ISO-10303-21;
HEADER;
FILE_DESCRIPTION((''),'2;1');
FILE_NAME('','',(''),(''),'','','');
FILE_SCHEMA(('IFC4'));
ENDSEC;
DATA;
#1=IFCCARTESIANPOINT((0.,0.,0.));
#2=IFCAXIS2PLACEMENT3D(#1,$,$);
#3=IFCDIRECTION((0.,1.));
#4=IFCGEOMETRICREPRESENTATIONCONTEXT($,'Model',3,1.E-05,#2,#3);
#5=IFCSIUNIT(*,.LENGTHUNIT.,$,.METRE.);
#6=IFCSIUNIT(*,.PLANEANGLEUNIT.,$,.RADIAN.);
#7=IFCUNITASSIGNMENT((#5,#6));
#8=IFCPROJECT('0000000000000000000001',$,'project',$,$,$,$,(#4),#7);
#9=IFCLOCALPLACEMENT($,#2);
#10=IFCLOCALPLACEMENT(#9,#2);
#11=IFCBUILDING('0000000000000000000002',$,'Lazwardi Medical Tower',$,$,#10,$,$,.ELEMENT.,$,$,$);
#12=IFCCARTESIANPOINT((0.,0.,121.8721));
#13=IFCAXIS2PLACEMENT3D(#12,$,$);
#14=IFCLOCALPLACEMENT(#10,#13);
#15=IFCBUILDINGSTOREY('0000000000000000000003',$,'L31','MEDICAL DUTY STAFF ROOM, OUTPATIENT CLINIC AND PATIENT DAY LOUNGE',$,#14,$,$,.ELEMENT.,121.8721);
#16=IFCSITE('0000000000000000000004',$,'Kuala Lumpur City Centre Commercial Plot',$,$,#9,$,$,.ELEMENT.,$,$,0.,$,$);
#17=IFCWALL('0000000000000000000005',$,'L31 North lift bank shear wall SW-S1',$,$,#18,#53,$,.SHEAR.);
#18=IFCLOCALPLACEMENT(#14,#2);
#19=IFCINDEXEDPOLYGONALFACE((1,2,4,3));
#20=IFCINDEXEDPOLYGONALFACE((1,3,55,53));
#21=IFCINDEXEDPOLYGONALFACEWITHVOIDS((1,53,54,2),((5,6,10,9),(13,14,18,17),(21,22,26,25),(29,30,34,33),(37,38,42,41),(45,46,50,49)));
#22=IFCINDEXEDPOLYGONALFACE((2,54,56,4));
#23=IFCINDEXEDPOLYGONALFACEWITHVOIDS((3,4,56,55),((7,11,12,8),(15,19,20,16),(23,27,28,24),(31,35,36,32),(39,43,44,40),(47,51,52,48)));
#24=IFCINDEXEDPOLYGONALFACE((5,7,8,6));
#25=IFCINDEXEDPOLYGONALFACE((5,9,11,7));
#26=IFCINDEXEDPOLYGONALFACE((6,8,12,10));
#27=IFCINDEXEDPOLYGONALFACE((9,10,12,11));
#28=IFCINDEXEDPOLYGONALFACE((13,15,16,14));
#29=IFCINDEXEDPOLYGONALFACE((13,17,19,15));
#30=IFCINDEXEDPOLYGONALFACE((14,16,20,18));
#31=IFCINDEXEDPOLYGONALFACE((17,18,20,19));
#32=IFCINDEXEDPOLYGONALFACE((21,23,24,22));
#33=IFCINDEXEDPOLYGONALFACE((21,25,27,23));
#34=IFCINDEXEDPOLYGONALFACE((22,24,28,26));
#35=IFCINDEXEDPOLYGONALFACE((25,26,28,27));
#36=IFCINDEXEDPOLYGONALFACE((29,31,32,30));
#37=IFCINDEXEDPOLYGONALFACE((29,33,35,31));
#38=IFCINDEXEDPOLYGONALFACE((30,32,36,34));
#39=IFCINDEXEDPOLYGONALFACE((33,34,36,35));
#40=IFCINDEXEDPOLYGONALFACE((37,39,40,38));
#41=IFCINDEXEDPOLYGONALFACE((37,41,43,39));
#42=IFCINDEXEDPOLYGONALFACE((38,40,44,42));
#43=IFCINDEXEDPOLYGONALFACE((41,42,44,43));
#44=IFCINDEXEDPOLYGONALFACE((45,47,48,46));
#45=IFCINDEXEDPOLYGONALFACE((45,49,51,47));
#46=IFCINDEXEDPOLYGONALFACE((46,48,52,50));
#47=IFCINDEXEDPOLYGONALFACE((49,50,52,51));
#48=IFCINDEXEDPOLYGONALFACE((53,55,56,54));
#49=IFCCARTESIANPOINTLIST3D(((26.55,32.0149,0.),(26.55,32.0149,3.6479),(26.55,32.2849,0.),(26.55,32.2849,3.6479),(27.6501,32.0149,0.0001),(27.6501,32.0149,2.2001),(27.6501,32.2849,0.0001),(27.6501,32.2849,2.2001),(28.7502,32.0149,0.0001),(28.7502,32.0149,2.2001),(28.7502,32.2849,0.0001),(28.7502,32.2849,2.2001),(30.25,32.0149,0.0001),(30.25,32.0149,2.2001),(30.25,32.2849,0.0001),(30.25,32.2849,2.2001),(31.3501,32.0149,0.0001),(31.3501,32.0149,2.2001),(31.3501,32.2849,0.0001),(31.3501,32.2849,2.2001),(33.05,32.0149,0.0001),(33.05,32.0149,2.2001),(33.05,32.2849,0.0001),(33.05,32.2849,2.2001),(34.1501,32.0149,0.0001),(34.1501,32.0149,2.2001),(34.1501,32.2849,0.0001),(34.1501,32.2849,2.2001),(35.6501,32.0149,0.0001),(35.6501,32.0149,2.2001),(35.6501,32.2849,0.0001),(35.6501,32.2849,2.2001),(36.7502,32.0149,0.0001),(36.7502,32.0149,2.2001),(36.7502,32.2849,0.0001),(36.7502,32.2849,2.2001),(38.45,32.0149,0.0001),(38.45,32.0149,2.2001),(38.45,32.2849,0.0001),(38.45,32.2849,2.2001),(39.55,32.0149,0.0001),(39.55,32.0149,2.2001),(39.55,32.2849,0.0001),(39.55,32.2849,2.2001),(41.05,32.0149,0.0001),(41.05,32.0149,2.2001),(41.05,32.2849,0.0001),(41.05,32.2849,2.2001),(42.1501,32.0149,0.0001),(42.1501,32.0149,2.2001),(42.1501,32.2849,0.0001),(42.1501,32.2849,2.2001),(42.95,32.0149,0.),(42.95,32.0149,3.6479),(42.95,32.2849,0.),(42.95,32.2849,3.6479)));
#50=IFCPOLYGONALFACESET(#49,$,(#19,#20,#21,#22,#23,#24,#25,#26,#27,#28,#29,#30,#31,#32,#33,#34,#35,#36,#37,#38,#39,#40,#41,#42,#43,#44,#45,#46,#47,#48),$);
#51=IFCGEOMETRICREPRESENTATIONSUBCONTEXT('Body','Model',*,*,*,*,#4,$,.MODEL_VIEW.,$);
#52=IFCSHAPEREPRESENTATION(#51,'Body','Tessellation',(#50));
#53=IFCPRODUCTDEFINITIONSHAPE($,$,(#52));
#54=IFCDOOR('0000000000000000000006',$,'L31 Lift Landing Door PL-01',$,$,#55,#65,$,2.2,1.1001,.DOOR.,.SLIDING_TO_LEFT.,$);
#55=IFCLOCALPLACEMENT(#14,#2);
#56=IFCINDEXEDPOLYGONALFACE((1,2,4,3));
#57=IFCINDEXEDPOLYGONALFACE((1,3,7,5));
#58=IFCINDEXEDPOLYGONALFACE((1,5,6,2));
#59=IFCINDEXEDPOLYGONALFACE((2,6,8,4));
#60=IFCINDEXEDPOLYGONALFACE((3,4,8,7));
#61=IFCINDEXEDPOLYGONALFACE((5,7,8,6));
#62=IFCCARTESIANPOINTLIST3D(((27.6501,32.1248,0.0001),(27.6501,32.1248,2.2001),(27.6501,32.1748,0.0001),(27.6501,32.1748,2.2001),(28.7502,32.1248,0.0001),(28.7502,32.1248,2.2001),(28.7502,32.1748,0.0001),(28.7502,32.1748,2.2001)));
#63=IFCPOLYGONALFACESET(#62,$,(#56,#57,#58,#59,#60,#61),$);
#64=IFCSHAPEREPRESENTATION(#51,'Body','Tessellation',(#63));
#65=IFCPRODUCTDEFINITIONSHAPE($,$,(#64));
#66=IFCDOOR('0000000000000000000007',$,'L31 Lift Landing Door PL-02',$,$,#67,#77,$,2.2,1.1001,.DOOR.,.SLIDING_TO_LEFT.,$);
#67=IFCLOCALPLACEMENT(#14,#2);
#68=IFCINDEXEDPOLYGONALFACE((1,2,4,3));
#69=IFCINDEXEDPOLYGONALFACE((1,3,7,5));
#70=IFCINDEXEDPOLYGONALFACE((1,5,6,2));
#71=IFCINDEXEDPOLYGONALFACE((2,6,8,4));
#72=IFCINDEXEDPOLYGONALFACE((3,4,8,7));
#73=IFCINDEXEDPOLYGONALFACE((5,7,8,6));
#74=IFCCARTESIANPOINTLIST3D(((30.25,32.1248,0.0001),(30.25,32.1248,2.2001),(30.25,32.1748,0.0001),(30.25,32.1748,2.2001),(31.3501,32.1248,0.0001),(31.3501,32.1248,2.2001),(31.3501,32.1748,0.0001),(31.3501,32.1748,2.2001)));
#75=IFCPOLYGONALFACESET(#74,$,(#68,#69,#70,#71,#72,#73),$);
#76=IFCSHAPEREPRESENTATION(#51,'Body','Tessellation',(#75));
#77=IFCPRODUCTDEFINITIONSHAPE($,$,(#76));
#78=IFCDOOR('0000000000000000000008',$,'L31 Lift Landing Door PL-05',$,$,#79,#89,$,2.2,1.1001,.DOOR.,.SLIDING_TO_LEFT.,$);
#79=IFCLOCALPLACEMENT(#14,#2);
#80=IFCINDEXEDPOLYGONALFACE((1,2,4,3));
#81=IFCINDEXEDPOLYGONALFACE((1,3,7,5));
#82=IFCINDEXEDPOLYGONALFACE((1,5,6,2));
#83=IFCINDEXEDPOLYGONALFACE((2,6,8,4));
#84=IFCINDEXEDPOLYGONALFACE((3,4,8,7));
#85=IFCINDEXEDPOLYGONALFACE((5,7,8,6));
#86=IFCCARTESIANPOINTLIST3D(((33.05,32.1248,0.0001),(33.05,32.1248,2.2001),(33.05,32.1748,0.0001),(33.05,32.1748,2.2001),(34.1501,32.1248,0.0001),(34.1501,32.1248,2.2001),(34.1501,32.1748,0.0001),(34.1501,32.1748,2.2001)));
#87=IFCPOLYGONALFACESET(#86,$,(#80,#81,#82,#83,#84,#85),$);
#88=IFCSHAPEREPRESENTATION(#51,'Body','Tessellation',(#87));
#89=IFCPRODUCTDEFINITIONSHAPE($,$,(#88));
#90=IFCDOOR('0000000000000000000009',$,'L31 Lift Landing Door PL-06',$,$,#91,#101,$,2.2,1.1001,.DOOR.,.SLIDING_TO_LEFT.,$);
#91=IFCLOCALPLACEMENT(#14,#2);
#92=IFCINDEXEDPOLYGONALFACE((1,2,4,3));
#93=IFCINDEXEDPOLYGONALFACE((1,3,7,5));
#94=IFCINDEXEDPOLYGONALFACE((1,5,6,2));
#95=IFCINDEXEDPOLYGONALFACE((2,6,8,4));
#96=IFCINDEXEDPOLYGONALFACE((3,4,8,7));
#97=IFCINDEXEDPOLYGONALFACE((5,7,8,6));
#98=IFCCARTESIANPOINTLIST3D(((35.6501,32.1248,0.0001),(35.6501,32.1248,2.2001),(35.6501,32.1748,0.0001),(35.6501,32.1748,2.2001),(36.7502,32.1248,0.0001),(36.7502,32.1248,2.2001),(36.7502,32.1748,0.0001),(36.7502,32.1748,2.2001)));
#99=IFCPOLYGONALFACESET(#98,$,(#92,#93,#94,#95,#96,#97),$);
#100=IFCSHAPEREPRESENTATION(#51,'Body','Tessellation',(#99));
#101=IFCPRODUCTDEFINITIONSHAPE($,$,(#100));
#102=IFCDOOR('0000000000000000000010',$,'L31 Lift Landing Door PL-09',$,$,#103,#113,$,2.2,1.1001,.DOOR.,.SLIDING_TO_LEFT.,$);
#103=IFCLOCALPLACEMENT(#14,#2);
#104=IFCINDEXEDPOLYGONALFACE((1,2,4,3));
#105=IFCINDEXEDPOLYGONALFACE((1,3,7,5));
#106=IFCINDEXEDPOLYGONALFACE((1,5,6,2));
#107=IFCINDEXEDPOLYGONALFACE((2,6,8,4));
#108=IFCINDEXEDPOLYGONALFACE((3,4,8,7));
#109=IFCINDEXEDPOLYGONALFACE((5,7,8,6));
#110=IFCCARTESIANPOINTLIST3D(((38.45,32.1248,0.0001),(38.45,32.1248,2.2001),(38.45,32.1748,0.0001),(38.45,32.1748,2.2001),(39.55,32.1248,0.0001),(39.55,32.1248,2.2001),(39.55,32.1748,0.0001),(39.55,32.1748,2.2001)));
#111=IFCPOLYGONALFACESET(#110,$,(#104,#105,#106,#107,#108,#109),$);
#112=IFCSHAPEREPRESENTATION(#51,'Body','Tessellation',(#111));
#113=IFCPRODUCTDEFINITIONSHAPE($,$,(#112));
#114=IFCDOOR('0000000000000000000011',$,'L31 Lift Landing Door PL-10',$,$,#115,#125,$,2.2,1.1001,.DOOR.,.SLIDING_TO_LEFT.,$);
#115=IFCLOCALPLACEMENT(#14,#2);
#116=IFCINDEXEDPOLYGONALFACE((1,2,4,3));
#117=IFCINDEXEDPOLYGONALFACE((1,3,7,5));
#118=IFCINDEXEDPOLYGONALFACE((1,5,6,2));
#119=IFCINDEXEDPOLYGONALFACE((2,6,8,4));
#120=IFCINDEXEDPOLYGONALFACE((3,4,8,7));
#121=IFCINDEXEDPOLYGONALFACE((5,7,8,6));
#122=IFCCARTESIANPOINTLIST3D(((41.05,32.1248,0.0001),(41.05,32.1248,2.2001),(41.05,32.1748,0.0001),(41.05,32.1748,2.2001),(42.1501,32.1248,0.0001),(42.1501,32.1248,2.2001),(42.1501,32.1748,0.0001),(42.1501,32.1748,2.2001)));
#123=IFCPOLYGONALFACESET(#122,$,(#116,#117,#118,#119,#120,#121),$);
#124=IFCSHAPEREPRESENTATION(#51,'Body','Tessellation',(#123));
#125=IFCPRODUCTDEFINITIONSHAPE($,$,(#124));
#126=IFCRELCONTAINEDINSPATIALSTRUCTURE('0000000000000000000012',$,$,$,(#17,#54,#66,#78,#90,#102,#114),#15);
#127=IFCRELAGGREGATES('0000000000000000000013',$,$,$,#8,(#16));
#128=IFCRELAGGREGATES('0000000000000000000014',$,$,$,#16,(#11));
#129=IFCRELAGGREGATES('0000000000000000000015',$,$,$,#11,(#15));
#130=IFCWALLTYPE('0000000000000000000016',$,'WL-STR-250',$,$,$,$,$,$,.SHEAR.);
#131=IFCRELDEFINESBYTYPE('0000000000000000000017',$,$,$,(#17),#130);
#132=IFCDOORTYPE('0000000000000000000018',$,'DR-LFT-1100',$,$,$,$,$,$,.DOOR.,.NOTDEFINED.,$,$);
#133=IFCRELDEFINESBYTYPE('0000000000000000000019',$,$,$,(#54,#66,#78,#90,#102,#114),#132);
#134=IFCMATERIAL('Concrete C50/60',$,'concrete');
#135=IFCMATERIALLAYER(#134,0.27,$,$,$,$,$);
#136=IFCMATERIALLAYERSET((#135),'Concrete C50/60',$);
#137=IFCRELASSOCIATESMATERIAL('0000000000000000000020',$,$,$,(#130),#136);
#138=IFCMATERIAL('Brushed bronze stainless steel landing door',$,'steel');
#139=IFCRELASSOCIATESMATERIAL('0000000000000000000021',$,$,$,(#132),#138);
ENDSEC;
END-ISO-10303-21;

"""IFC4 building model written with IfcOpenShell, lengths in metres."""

from ifc_helpers import new_model, si_unit, direction, frame, frame_2d, origin, place, context, subcontext, project, spatial, rectangle, extrude, material, layer, layer_set, type_object, element, fill, save


model = new_model("IFC4")

# Units and contexts
model_context = context("Model", 3, precision=1e-05, world=origin(), true_north=direction((0.0, 1.0)))
body_context = subcontext(model_context, "Body", "Model", "MODEL_VIEW")
ifc_project = project(units=[si_unit("LENGTHUNIT", "METRE"), si_unit("PLANEANGLEUNIT", "RADIAN")], contexts=[model_context])

# Site, building, storey
site_placement = place(None, origin())
site = spatial("IfcSite", under=ifc_project, at=site_placement, Name="Kuala Lumpur City Centre Commercial Plot", CompositionType="ELEMENT", RefElevation=0.0)
building_placement = place(site_placement, origin())
building = spatial("IfcBuilding", under=site, at=building_placement, Name="Lazwardi Medical Tower", CompositionType="ELEMENT")
storey_placement = place(building_placement, frame((0.0, 0.0, 121.8721)))
storey = spatial("IfcBuildingStorey", under=building, at=storey_placement, Name="L31", Description="MEDICAL DUTY STAFF ROOM, OUTPATIENT CLINIC AND PATIENT DAY LOUNGE", CompositionType="ELEMENT", Elevation=121.8721)

# Shared definitions
ifc_material_1 = material(Name="Concrete C50/60", Category="concrete")
ifc_layer_1 = layer(ifc_material_1, 0.27)
ifc_layer_set_1 = layer_set([ifc_layer_1], Name="Concrete C50/60")
wall_type_1 = type_object("IfcWallType", Name="WL-STR-250", PredefinedType="SHEAR", material=ifc_layer_set_1)

# Wall, openings, doors
wall_1_placement = place(storey_placement, frame((26.55, 32.1499, 0.0), z_axis=(0.0, 0.0, 1.0), x_axis=(1.0, 0.0, 0.0)))
wall_1 = element("IfcWall", 1, at=wall_1_placement, inside=storey, type_object=wall_type_1, Name="L31 North lift bank shear wall SW-S1", PredefinedType="SHEAR", context=body_context, shape_type="SweptSolid", body=[
    extrude(rectangle(XDim=16.3999, YDim=0.27, at=frame_2d((8.2, 0.0))), origin(), (0.0, 0.0, 1.0), 3.6479),
])
opening_1_placement = place(wall_1_placement, frame((1.1001, 0.0, 0.0)))
opening_1 = element("IfcOpeningElement", 2, at=opening_1_placement, cuts=wall_1, PredefinedType="OPENING", context=body_context, shape_type="SweptSolid", body=[
    extrude(rectangle(XDim=1.1001, YDim=2.2, at=frame_2d((0.55, 1.1001))), frame((0.0, 0.145, 0.0), z_axis=(0.0, -1.0, 0.0), x_axis=(1.0, 0.0, 0.0)), (0.0, 0.0, 1.0), 0.29),
])
opening_2_placement = place(wall_1_placement, frame((3.7, 0.0, 0.0)))
opening_2 = element("IfcOpeningElement", 3, at=opening_2_placement, cuts=wall_1, PredefinedType="OPENING", context=body_context, shape_type="SweptSolid", body=[
    extrude(rectangle(XDim=1.1001, YDim=2.2, at=frame_2d((0.55, 1.1001))), frame((0.0, 0.145, 0.0), z_axis=(0.0, -1.0, 0.0), x_axis=(1.0, 0.0, 0.0)), (0.0, 0.0, 1.0), 0.29),
])
opening_3_placement = place(wall_1_placement, frame((6.5, 0.0, 0.0)))
opening_3 = element("IfcOpeningElement", 4, at=opening_3_placement, cuts=wall_1, PredefinedType="OPENING", context=body_context, shape_type="SweptSolid", body=[
    extrude(rectangle(XDim=1.1001, YDim=2.2, at=frame_2d((0.55, 1.1001))), frame((0.0, 0.145, 0.0), z_axis=(0.0, -1.0, 0.0), x_axis=(1.0, 0.0, 0.0)), (0.0, 0.0, 1.0), 0.29),
])
opening_4_placement = place(wall_1_placement, frame((9.1001, 0.0, 0.0)))
opening_4 = element("IfcOpeningElement", 5, at=opening_4_placement, cuts=wall_1, PredefinedType="OPENING", context=body_context, shape_type="SweptSolid", body=[
    extrude(rectangle(XDim=1.1001, YDim=2.2, at=frame_2d((0.55, 1.1001))), frame((0.0, 0.145, 0.0), z_axis=(0.0, -1.0, 0.0), x_axis=(1.0, 0.0, 0.0)), (0.0, 0.0, 1.0), 0.29),
])
opening_5_placement = place(wall_1_placement, frame((11.8999, 0.0, 0.0)))
opening_5 = element("IfcOpeningElement", 6, at=opening_5_placement, cuts=wall_1, PredefinedType="OPENING", context=body_context, shape_type="SweptSolid", body=[
    extrude(rectangle(XDim=1.1001, YDim=2.2, at=frame_2d((0.55, 1.1001))), frame((0.0, 0.145, 0.0), z_axis=(0.0, -1.0, 0.0), x_axis=(1.0, 0.0, 0.0)), (0.0, 0.0, 1.0), 0.29),
])
opening_6_placement = place(wall_1_placement, frame((14.5, 0.0, 0.0)))
opening_6 = element("IfcOpeningElement", 7, at=opening_6_placement, cuts=wall_1, PredefinedType="OPENING", context=body_context, shape_type="SweptSolid", body=[
    extrude(rectangle(XDim=1.1001, YDim=2.2, at=frame_2d((0.55, 1.1001))), frame((0.0, 0.145, 0.0), z_axis=(0.0, -1.0, 0.0), x_axis=(1.0, 0.0, 0.0)), (0.0, 0.0, 1.0), 0.29),
])
ifc_material_2 = material(Name="Brushed bronze stainless steel landing door", Category="steel")
door_type_1 = type_object("IfcDoorType", Name="DR-LFT-1100", OperationType="NOTDEFINED", PredefinedType="DOOR", material=ifc_material_2)
door_1_placement = place(opening_1_placement, origin())
door_1 = element("IfcDoor", 8, at=door_1_placement, inside=storey, type_object=door_type_1, Name="L31 Lift Landing Door PL-01", OperationType="SLIDING_TO_LEFT", OverallHeight=2.2, OverallWidth=1.1001, PredefinedType="DOOR", context=body_context, shape_type="SweptSolid", body=[
    extrude(rectangle(XDim=1.1001, YDim=2.2, at=frame_2d((0.55, 1.1001))), frame((0.0, 0.0249, 0.0), z_axis=(0.0, -1.0, 0.0), x_axis=(1.0, 0.0, 0.0)), (0.0, 0.0, 1.0), 0.05),
])
fill(opening_1, door_1)
door_2_placement = place(opening_2_placement, origin())
door_2 = element("IfcDoor", 9, at=door_2_placement, inside=storey, type_object=door_type_1, Name="L31 Lift Landing Door PL-02", OperationType="SLIDING_TO_LEFT", OverallHeight=2.2, OverallWidth=1.1001, PredefinedType="DOOR", context=body_context, shape_type="SweptSolid", body=[
    extrude(rectangle(XDim=1.1001, YDim=2.2, at=frame_2d((0.55, 1.1001))), frame((0.0, 0.0249, 0.0), z_axis=(0.0, -1.0, 0.0), x_axis=(1.0, 0.0, 0.0)), (0.0, 0.0, 1.0), 0.05),
])
fill(opening_2, door_2)
door_3_placement = place(opening_3_placement, origin())
door_3 = element("IfcDoor", 10, at=door_3_placement, inside=storey, type_object=door_type_1, Name="L31 Lift Landing Door PL-05", OperationType="SLIDING_TO_LEFT", OverallHeight=2.2, OverallWidth=1.1001, PredefinedType="DOOR", context=body_context, shape_type="SweptSolid", body=[
    extrude(rectangle(XDim=1.1001, YDim=2.2, at=frame_2d((0.55, 1.1001))), frame((0.0, 0.0249, 0.0), z_axis=(0.0, -1.0, 0.0), x_axis=(1.0, 0.0, 0.0)), (0.0, 0.0, 1.0), 0.05),
])
fill(opening_3, door_3)
door_4_placement = place(opening_4_placement, origin())
door_4 = element("IfcDoor", 11, at=door_4_placement, inside=storey, type_object=door_type_1, Name="L31 Lift Landing Door PL-06", OperationType="SLIDING_TO_LEFT", OverallHeight=2.2, OverallWidth=1.1001, PredefinedType="DOOR", context=body_context, shape_type="SweptSolid", body=[
    extrude(rectangle(XDim=1.1001, YDim=2.2, at=frame_2d((0.55, 1.1001))), frame((0.0, 0.0249, 0.0), z_axis=(0.0, -1.0, 0.0), x_axis=(1.0, 0.0, 0.0)), (0.0, 0.0, 1.0), 0.05),
])
fill(opening_4, door_4)
door_5_placement = place(opening_5_placement, origin())
door_5 = element("IfcDoor", 12, at=door_5_placement, inside=storey, type_object=door_type_1, Name="L31 Lift Landing Door PL-09", OperationType="SLIDING_TO_LEFT", OverallHeight=2.2, OverallWidth=1.1001, PredefinedType="DOOR", context=body_context, shape_type="SweptSolid", body=[
    extrude(rectangle(XDim=1.1001, YDim=2.2, at=frame_2d((0.55, 1.1001))), frame((0.0, 0.0249, 0.0), z_axis=(0.0, -1.0, 0.0), x_axis=(1.0, 0.0, 0.0)), (0.0, 0.0, 1.0), 0.05),
])
fill(opening_5, door_5)
door_6_placement = place(opening_6_placement, origin())
door_6 = element("IfcDoor", 13, at=door_6_placement, inside=storey, type_object=door_type_1, Name="L31 Lift Landing Door PL-10", OperationType="SLIDING_TO_LEFT", OverallHeight=2.2, OverallWidth=1.1001, PredefinedType="DOOR", context=body_context, shape_type="SweptSolid", body=[
    extrude(rectangle(XDim=1.1001, YDim=2.2, at=frame_2d((0.55, 1.1001))), frame((0.0, 0.0249, 0.0), z_axis=(0.0, -1.0, 0.0), x_axis=(1.0, 0.0, 0.0)), (0.0, 0.0, 1.0), 0.05),
])
fill(opening_6, door_6)

save(model, "model.ifc")
